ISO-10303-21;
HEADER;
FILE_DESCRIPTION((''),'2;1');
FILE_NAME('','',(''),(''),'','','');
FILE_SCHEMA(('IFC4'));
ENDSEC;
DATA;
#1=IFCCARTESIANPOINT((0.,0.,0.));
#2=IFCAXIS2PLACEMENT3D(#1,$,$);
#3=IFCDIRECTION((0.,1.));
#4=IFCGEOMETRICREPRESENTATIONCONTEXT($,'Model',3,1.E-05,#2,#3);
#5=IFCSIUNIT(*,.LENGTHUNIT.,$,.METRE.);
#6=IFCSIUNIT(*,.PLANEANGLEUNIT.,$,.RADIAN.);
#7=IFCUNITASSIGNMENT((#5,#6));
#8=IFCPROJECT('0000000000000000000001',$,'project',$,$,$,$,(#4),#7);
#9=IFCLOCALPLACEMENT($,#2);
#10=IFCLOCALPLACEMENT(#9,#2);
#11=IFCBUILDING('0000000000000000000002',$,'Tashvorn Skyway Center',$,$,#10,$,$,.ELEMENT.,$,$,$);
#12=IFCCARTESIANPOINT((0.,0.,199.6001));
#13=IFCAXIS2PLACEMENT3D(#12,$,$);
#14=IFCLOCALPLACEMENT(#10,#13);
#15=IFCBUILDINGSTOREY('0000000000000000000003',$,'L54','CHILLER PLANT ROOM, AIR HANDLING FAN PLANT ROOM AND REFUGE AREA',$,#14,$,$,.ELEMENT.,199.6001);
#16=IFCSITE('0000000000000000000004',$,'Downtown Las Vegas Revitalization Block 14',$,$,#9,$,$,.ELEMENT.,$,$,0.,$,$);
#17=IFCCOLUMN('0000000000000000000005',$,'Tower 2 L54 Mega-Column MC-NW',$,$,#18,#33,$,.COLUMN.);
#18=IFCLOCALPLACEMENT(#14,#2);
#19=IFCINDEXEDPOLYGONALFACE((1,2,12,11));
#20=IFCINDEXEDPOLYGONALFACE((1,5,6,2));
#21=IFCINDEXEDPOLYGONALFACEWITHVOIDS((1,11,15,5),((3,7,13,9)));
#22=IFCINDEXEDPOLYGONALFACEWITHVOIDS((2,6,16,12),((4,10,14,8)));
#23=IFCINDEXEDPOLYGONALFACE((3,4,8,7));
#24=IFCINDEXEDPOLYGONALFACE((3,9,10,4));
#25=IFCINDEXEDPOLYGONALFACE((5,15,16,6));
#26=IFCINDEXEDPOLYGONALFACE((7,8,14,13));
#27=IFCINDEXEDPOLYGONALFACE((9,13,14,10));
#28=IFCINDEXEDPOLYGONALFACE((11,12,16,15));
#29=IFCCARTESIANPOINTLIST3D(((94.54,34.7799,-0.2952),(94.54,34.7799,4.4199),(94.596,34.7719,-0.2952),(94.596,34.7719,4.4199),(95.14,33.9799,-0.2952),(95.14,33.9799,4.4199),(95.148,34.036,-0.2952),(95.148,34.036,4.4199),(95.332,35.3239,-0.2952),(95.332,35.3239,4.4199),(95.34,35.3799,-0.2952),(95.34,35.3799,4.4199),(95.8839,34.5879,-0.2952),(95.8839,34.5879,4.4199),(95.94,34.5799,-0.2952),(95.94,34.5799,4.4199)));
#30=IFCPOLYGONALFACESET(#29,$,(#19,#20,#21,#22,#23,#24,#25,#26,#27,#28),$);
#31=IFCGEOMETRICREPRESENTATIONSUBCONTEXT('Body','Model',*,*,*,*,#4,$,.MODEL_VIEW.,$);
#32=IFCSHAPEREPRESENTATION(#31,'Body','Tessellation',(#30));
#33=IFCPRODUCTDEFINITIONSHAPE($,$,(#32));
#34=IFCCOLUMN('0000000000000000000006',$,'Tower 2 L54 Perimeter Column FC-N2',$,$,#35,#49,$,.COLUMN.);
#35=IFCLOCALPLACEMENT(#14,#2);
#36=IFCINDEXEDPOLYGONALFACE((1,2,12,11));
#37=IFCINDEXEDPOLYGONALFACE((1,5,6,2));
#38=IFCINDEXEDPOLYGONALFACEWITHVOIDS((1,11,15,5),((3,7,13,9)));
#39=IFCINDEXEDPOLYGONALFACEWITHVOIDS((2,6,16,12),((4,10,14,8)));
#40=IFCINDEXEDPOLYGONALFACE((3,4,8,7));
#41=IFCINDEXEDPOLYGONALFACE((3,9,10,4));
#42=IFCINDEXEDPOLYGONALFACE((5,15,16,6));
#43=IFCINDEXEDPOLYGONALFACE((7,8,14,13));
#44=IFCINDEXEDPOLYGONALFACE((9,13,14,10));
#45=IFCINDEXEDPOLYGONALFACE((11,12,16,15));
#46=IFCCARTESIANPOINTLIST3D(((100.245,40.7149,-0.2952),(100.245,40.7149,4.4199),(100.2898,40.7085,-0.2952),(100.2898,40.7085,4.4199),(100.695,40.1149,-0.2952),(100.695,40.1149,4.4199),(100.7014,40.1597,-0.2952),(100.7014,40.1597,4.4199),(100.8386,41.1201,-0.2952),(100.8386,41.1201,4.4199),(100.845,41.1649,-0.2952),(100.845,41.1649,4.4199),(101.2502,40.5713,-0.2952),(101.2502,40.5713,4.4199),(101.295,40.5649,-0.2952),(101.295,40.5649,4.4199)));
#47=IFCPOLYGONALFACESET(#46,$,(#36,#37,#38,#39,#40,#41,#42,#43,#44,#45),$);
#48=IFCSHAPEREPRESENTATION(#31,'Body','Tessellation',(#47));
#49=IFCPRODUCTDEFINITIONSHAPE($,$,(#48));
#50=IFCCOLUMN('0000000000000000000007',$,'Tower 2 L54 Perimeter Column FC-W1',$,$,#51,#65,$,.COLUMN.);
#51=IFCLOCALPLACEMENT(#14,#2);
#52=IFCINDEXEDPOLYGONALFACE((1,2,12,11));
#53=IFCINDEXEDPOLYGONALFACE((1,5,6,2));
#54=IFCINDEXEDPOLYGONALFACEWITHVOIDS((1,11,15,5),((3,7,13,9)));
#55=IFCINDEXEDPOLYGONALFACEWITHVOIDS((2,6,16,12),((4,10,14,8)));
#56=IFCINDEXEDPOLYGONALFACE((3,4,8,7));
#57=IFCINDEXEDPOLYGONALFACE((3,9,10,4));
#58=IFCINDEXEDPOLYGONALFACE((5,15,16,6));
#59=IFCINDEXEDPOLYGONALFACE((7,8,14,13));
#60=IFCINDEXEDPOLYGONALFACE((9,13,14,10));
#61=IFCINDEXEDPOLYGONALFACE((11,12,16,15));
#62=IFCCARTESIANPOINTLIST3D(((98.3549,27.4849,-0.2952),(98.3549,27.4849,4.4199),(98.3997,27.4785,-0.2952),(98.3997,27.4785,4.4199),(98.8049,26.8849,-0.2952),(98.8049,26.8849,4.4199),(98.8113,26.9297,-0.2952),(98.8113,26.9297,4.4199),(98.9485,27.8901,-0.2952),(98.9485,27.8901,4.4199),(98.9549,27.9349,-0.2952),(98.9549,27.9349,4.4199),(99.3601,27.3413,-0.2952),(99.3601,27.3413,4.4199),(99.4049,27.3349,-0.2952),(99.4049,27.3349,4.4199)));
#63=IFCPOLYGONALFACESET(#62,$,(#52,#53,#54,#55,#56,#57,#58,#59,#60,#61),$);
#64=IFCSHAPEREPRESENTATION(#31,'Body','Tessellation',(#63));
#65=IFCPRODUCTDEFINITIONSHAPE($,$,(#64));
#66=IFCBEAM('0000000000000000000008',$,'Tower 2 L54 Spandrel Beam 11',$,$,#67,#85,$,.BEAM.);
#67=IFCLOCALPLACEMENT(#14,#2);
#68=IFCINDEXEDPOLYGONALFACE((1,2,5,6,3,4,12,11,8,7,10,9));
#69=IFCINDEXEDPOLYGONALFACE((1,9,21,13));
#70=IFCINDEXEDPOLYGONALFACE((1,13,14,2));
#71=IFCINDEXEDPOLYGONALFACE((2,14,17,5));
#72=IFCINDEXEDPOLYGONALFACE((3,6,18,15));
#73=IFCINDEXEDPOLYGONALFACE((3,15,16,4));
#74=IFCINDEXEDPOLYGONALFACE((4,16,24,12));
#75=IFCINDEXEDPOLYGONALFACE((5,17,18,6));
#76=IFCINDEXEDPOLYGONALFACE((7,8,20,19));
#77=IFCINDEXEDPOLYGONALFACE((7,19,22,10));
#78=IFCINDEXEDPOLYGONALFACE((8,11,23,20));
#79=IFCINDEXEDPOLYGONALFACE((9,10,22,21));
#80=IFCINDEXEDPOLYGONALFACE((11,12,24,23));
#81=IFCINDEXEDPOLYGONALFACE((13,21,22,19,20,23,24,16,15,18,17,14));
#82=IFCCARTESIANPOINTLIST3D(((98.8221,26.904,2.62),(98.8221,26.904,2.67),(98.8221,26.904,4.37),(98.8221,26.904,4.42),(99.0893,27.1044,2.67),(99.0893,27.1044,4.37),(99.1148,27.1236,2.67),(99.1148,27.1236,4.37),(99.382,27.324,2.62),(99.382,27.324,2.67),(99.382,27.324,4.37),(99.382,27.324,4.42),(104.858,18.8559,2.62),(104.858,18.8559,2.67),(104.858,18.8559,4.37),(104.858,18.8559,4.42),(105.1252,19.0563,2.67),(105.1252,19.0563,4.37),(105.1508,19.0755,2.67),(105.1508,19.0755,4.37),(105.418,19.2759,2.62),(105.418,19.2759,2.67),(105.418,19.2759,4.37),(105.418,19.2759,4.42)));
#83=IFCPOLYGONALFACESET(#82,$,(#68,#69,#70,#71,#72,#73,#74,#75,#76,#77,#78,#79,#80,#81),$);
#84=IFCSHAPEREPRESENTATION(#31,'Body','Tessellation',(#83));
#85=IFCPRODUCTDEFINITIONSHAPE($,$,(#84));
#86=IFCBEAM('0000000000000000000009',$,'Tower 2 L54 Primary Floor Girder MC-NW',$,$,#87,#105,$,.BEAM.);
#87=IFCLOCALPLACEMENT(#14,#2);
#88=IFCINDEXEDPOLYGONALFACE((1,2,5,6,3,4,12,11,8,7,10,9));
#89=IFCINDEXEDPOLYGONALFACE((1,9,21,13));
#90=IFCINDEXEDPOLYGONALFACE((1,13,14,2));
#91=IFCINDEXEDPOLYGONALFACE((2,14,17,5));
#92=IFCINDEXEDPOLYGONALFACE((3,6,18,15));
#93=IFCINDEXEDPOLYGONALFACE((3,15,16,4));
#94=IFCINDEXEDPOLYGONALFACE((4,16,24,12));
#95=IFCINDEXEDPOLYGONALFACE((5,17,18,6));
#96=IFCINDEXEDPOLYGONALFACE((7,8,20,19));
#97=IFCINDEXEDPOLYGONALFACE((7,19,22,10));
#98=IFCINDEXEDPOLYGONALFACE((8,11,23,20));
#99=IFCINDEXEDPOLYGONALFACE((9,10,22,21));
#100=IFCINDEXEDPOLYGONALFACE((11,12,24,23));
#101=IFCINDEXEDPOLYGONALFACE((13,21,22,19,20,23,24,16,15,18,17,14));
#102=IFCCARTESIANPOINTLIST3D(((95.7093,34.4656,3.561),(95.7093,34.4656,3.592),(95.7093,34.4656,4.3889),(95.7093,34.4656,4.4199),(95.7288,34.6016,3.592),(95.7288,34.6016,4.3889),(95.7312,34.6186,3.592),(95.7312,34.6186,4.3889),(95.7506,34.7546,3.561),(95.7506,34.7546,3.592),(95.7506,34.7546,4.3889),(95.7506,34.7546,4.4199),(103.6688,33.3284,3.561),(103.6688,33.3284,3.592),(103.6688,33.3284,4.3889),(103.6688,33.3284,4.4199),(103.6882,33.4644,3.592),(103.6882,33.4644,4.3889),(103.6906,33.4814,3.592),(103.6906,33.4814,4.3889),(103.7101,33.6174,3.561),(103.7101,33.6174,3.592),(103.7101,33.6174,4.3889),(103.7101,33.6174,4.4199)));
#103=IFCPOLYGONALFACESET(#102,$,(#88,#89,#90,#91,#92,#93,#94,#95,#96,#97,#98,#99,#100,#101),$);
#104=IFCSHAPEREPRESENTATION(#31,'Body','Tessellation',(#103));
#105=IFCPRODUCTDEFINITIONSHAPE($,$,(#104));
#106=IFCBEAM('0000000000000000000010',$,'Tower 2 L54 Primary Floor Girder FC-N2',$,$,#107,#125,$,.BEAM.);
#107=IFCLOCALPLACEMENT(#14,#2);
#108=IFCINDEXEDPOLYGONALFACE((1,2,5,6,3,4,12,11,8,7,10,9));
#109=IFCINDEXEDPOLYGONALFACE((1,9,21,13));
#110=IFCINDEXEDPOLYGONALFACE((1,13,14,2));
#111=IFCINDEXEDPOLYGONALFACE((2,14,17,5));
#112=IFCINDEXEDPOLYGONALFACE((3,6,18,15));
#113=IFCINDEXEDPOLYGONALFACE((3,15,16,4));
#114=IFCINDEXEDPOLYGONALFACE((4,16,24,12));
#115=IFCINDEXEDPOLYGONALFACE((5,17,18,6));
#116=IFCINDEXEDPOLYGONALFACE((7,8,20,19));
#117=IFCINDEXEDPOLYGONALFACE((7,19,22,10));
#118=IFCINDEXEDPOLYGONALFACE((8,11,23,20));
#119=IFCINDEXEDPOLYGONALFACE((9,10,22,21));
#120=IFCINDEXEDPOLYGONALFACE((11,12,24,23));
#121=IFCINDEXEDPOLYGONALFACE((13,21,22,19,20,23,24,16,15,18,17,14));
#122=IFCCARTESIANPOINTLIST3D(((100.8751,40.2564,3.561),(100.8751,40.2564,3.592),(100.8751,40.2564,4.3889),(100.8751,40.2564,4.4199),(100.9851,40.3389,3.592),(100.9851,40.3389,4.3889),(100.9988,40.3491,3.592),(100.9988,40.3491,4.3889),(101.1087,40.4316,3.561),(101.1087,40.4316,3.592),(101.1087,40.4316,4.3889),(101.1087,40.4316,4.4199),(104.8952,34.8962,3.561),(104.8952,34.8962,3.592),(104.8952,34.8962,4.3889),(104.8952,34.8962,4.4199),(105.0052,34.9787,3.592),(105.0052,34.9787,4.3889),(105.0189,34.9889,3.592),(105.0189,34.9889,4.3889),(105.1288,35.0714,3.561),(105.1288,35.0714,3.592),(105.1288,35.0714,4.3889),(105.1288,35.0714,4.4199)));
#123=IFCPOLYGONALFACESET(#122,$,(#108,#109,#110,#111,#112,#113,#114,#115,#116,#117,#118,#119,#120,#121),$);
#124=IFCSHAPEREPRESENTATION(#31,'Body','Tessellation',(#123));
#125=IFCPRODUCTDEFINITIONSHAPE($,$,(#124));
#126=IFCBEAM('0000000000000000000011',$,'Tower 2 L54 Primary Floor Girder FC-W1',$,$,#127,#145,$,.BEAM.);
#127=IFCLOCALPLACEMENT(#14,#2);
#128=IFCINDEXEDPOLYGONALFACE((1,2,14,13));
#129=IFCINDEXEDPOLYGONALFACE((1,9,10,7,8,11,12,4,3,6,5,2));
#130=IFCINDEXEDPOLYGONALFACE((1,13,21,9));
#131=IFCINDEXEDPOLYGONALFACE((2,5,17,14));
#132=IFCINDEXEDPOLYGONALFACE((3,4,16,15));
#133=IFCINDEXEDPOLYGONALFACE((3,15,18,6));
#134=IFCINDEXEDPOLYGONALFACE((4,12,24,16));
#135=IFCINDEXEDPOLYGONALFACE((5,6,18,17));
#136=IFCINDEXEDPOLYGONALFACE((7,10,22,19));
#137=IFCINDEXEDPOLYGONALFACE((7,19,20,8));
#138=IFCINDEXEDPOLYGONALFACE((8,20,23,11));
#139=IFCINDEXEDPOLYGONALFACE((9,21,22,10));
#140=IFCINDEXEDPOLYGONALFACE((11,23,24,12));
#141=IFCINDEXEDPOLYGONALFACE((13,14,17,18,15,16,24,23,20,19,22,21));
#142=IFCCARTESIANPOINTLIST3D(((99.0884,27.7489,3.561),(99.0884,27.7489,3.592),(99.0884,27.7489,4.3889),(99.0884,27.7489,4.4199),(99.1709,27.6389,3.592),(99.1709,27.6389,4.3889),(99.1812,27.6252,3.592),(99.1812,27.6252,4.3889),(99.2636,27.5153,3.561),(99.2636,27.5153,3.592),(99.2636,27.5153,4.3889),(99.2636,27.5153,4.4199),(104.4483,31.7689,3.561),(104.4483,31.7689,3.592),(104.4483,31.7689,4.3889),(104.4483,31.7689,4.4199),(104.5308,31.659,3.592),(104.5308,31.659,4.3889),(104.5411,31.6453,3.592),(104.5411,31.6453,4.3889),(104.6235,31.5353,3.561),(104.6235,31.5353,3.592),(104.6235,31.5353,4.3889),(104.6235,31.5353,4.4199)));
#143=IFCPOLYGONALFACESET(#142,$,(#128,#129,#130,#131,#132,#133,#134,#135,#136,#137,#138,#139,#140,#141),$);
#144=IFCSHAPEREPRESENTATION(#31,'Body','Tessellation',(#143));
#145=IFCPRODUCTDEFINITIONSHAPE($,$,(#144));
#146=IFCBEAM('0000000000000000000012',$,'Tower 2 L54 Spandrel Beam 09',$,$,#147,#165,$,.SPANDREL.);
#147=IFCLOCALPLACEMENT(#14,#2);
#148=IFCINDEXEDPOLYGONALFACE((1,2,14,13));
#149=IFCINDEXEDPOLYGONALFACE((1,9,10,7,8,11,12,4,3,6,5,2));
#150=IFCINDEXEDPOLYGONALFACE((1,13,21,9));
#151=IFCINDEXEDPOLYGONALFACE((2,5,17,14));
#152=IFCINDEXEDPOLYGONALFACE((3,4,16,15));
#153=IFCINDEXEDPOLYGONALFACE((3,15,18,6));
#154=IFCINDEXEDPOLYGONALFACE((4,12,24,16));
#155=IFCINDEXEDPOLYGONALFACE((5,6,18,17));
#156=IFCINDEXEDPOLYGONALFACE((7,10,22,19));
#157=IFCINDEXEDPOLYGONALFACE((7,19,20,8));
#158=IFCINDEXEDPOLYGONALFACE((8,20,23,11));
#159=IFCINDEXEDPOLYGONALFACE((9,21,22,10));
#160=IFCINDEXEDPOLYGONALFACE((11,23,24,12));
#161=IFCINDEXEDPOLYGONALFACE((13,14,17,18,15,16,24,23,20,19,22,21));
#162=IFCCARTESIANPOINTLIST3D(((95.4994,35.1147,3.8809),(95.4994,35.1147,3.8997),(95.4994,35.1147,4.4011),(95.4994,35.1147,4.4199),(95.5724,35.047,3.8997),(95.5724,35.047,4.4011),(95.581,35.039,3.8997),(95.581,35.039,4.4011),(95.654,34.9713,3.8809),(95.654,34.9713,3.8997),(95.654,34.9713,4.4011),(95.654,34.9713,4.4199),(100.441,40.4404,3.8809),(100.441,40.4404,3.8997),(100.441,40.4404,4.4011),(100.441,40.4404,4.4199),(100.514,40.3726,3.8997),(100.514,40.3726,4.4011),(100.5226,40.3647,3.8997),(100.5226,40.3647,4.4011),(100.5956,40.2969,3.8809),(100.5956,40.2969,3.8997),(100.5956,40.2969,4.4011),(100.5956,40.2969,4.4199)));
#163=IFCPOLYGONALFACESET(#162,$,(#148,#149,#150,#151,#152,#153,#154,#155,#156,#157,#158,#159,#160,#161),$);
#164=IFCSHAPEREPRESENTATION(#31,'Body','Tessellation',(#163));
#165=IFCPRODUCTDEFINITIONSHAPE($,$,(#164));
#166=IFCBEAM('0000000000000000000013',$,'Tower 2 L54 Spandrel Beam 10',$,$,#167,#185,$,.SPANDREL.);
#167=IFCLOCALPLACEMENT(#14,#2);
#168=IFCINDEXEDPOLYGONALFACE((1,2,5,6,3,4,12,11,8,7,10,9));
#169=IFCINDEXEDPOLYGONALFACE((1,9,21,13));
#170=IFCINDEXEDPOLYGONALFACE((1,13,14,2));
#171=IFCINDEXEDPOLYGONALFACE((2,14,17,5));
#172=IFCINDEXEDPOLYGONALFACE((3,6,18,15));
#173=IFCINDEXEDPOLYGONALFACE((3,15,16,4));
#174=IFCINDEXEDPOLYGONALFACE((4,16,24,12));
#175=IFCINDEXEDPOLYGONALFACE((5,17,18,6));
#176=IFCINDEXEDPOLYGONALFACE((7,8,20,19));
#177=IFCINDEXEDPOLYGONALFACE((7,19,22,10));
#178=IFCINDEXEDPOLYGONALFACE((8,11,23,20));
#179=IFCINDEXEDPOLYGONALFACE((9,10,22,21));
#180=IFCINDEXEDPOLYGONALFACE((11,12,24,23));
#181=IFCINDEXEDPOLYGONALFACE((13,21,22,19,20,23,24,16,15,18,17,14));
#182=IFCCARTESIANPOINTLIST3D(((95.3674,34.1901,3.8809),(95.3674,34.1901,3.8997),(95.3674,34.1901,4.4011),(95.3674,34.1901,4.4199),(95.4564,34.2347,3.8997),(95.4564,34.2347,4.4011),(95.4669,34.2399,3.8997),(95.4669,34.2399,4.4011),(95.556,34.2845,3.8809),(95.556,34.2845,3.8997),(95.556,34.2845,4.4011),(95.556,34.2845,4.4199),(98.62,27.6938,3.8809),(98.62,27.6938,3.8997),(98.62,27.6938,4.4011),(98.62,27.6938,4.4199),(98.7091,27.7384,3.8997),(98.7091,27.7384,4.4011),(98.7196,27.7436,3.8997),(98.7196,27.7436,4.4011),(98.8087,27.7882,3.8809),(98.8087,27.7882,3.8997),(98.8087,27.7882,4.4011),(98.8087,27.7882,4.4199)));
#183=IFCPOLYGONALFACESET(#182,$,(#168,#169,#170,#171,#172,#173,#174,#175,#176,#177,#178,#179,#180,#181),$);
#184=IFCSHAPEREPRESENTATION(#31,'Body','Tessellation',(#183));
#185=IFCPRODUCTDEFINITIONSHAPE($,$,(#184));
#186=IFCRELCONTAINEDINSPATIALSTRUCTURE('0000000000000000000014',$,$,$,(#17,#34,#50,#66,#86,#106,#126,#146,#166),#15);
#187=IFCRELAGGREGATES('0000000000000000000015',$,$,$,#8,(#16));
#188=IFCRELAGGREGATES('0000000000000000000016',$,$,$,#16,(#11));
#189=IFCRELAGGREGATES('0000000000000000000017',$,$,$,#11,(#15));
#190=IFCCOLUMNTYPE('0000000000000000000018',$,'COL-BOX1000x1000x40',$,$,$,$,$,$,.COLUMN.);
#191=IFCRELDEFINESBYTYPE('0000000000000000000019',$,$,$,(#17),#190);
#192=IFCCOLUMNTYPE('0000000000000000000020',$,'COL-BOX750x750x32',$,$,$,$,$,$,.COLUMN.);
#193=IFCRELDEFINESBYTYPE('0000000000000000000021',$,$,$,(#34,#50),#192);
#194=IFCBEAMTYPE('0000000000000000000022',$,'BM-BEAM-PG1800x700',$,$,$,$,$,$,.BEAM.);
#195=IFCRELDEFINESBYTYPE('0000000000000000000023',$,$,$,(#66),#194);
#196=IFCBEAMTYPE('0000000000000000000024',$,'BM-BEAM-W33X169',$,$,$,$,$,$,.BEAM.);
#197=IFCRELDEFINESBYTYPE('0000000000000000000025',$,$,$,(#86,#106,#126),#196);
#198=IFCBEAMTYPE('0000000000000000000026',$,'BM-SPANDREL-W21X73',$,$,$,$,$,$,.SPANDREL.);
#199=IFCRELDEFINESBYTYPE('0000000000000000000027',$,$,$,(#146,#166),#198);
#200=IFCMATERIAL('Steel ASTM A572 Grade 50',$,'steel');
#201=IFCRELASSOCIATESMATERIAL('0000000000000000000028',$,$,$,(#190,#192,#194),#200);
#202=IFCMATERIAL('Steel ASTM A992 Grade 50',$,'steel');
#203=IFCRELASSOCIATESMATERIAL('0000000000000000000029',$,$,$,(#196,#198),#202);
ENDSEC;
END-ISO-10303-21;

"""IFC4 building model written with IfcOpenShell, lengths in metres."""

from ifc_helpers import new_model, si_unit, direction, frame, origin, origin_2d, place, context, subcontext, project, spatial, hollow_rectangle, i_section, extrude, material, material_profile, profile_set, type_object, element, save


model = new_model("IFC4")

# Units and contexts
model_context = context("Model", 3, precision=1e-05, world=origin(), true_north=direction((0.0, 1.0)))
body_context = subcontext(model_context, "Body", "Model", "MODEL_VIEW")
ifc_project = project(units=[si_unit("LENGTHUNIT", "METRE"), si_unit("PLANEANGLEUNIT", "RADIAN")], contexts=[model_context])

# Site, building, storey
site_placement = place(None, origin())
site = spatial("IfcSite", under=ifc_project, at=site_placement, Name="Downtown Las Vegas Revitalization Block 14", CompositionType="ELEMENT", RefElevation=0.0)
building_placement = place(site_placement, origin())
building = spatial("IfcBuilding", under=site, at=building_placement, Name="Tashvorn Skyway Center", CompositionType="ELEMENT")
storey_placement = place(building_placement, frame((0.0, 0.0, 199.6001)))
storey = spatial("IfcBuildingStorey", under=building, at=storey_placement, Name="L54", Description="CHILLER PLANT ROOM, AIR HANDLING FAN PLANT ROOM AND REFUGE AREA", CompositionType="ELEMENT", Elevation=199.6001)

# Columns
ifc_material_1 = material(Name="Steel ASTM A572 Grade 50", Category="steel")
ifc_material_profile_1 = material_profile(ifc_material_1, hollow_rectangle(XDim=1.0, YDim=1.0, WallThickness=0.04, at=origin_2d()), Name="BOX1000x1000x40")
ifc_profile_set_1 = profile_set([ifc_material_profile_1], Name="Steel ASTM A572 Grade 50")
column_type_1 = type_object("IfcColumnType", Name="COL-BOX1000x1000x40", PredefinedType="COLUMN", material=ifc_profile_set_1)
column_placement = place(storey_placement, frame((95.24, 34.6799, -0.2952), z_axis=(0.0, 0.0, 1.0), x_axis=(0.8, 0.6, 0.0)))
element("IfcColumn", 1, at=column_placement, inside=storey, type_object=column_type_1, Name="Tower 2 L54 Mega-Column MC-NW", PredefinedType="COLUMN", context=body_context, shape_type="SweptSolid", body=[
    extrude(hollow_rectangle(XDim=1.0, YDim=1.0, WallThickness=0.04, at=origin_2d()), origin(), (0.0, 0.0, 1.0), 4.7151),
])
ifc_material_profile_2 = material_profile(ifc_material_1, hollow_rectangle(XDim=0.75, YDim=0.75, WallThickness=0.032, at=origin_2d()), Name="BOX750x750x32")
ifc_profile_set_2 = profile_set([ifc_material_profile_2], Name="Steel ASTM A572 Grade 50")
column_type_2 = type_object("IfcColumnType", Name="COL-BOX750x750x32", PredefinedType="COLUMN", material=ifc_profile_set_2)
for number, where, z_axis, x_axis, name in (
    (2, (100.77, 40.6399, -0.2952), (0.0, 0.0, 1.0), (0.8, 0.6, 0.0), "Tower 2 L54 Perimeter Column FC-N2"),
    (3, (98.8799, 27.4099, -0.2952), (0.0, 0.0, 1.0), (0.8, 0.6, 0.0), "Tower 2 L54 Perimeter Column FC-W1"),
):
    element("IfcColumn", number, at=place(storey_placement, frame(where, z_axis=z_axis, x_axis=x_axis)), inside=storey, type_object=column_type_2, Name=name, PredefinedType="COLUMN", context=body_context, shape_type="SweptSolid", body=[
        extrude(hollow_rectangle(XDim=0.75, YDim=0.75, WallThickness=0.032, at=origin_2d()), origin(), (0.0, 0.0, 1.0), 4.7151),
    ])

# Beams
ifc_material_profile_3 = material_profile(ifc_material_1, i_section(OverallWidth=0.7, OverallDepth=1.8, WebThickness=0.032, FlangeThickness=0.05, at=origin_2d()), Name="PG1800x700")
ifc_profile_set_3 = profile_set([ifc_material_profile_3], Name="Steel ASTM A572 Grade 50")
beam_type_1 = type_object("IfcBeamType", Name="BM-BEAM-PG1800x700", PredefinedType="BEAM", material=ifc_profile_set_3)
beam_1_placement = place(storey_placement, frame((99.1021, 27.114, 3.52), z_axis=(0.599988, -0.800009, 0.0), x_axis=(0.800009, 0.599988, 0.0)))
element("IfcBeam", 4, at=beam_1_placement, inside=storey, type_object=beam_type_1, Name="Tower 2 L54 Spandrel Beam 11", PredefinedType="BEAM", context=body_context, shape_type="SweptSolid", body=[
    extrude(i_section(OverallWidth=0.7, OverallDepth=1.8, WebThickness=0.032, FlangeThickness=0.05, at=origin_2d()), origin(), (0.0, 0.0, 1.0), 10.0601),
])
ifc_material_2 = material(Name="Steel ASTM A992 Grade 50", Category="steel")
ifc_material_profile_4 = material_profile(ifc_material_2, i_section(OverallWidth=0.292, OverallDepth=0.8589, WebThickness=0.0171, FlangeThickness=0.031, at=origin_2d()), Name="W33X169")
ifc_profile_set_4 = profile_set([ifc_material_profile_4], Name="Steel ASTM A992 Grade 50")
beam_type_2 = type_object("IfcBeamType", Name="BM-BEAM-W33X169", PredefinedType="BEAM", material=ifc_profile_set_4)
beam_2_placement = place(storey_placement, frame((95.73, 34.6101, 3.9905), z_axis=(0.989947, -0.141438, 0.0), x_axis=(0.141438, 0.989947, 0.0)))
element("IfcBeam", 5, at=beam_2_placement, inside=storey, type_object=beam_type_2, Name="Tower 2 L54 Primary Floor Girder MC-NW", PredefinedType="BEAM", context=body_context, shape_type="SweptSolid", body=[
    extrude(i_section(OverallWidth=0.292, OverallDepth=0.8589, WebThickness=0.0171, FlangeThickness=0.031, at=origin_2d()), origin(), (0.0, 0.0, 1.0), 8.0403),
])
beam_3_placement = place(storey_placement, frame((100.9919, 40.344, 3.9905), z_axis=(0.599994, -0.800004, 0.0), x_axis=(0.800004, 0.599994, 0.0)))
element("IfcBeam", 6, at=beam_3_placement, inside=storey, type_object=beam_type_2, Name="Tower 2 L54 Primary Floor Girder FC-N2", PredefinedType="BEAM", context=body_context, shape_type="SweptSolid", body=[
    extrude(i_section(OverallWidth=0.292, OverallDepth=0.8589, WebThickness=0.0171, FlangeThickness=0.031, at=origin_2d()), origin(), (0.0, 0.0, 1.0), 6.7002),
])
beam_4_placement = place(storey_placement, frame((99.176, 27.6321, 3.9905), z_axis=(0.799991, 0.600012, 0.0), x_axis=(-0.600012, 0.799991, 0.0)))
element("IfcBeam", 7, at=beam_4_placement, inside=storey, type_object=beam_type_2, Name="Tower 2 L54 Primary Floor Girder FC-W1", PredefinedType="BEAM", context=body_context, shape_type="SweptSolid", body=[
    extrude(i_section(OverallWidth=0.292, OverallDepth=0.8589, WebThickness=0.0171, FlangeThickness=0.031, at=origin_2d()), origin(), (0.0, 0.0, 1.0), 6.7),
])
ifc_material_profile_5 = material_profile(ifc_material_2, i_section(OverallWidth=0.2109, OverallDepth=0.5391, WebThickness=0.0117, FlangeThickness=0.0188, at=origin_2d()), Name="W21X73")
ifc_profile_set_5 = profile_set([ifc_material_profile_5], Name="Steel ASTM A992 Grade 50")
beam_type_3 = type_object("IfcBeamType", Name="BM-SPANDREL-W21X73", PredefinedType="SPANDREL", material=ifc_profile_set_5)
for number, where, z_axis, x_axis, name in (
    (8, (100.5183, 40.3687, 4.1504), (-0.680183, -0.733042, 0.0), (0.733042, -0.680183, 0.0), "Tower 2 L54 Spandrel Beam 09"),
    (9, (95.4617, 34.2373, 4.1504), (0.447711, -0.894178, 0.0), (0.894178, 0.447711, 0.0), "Tower 2 L54 Spandrel Beam 10"),
):
    element("IfcBeam", number, at=place(storey_placement, frame(where, z_axis=z_axis, x_axis=x_axis)), inside=storey, type_object=beam_type_3, Name=name, PredefinedType="SPANDREL", context=body_context, shape_type="SweptSolid", body=[
        extrude(i_section(OverallWidth=0.2109, OverallDepth=0.5391, WebThickness=0.0117, FlangeThickness=0.0188, at=origin_2d()), origin(), (0.0, 0.0, 1.0), 7.2651),
    ])

save(model, "model.ifc")
